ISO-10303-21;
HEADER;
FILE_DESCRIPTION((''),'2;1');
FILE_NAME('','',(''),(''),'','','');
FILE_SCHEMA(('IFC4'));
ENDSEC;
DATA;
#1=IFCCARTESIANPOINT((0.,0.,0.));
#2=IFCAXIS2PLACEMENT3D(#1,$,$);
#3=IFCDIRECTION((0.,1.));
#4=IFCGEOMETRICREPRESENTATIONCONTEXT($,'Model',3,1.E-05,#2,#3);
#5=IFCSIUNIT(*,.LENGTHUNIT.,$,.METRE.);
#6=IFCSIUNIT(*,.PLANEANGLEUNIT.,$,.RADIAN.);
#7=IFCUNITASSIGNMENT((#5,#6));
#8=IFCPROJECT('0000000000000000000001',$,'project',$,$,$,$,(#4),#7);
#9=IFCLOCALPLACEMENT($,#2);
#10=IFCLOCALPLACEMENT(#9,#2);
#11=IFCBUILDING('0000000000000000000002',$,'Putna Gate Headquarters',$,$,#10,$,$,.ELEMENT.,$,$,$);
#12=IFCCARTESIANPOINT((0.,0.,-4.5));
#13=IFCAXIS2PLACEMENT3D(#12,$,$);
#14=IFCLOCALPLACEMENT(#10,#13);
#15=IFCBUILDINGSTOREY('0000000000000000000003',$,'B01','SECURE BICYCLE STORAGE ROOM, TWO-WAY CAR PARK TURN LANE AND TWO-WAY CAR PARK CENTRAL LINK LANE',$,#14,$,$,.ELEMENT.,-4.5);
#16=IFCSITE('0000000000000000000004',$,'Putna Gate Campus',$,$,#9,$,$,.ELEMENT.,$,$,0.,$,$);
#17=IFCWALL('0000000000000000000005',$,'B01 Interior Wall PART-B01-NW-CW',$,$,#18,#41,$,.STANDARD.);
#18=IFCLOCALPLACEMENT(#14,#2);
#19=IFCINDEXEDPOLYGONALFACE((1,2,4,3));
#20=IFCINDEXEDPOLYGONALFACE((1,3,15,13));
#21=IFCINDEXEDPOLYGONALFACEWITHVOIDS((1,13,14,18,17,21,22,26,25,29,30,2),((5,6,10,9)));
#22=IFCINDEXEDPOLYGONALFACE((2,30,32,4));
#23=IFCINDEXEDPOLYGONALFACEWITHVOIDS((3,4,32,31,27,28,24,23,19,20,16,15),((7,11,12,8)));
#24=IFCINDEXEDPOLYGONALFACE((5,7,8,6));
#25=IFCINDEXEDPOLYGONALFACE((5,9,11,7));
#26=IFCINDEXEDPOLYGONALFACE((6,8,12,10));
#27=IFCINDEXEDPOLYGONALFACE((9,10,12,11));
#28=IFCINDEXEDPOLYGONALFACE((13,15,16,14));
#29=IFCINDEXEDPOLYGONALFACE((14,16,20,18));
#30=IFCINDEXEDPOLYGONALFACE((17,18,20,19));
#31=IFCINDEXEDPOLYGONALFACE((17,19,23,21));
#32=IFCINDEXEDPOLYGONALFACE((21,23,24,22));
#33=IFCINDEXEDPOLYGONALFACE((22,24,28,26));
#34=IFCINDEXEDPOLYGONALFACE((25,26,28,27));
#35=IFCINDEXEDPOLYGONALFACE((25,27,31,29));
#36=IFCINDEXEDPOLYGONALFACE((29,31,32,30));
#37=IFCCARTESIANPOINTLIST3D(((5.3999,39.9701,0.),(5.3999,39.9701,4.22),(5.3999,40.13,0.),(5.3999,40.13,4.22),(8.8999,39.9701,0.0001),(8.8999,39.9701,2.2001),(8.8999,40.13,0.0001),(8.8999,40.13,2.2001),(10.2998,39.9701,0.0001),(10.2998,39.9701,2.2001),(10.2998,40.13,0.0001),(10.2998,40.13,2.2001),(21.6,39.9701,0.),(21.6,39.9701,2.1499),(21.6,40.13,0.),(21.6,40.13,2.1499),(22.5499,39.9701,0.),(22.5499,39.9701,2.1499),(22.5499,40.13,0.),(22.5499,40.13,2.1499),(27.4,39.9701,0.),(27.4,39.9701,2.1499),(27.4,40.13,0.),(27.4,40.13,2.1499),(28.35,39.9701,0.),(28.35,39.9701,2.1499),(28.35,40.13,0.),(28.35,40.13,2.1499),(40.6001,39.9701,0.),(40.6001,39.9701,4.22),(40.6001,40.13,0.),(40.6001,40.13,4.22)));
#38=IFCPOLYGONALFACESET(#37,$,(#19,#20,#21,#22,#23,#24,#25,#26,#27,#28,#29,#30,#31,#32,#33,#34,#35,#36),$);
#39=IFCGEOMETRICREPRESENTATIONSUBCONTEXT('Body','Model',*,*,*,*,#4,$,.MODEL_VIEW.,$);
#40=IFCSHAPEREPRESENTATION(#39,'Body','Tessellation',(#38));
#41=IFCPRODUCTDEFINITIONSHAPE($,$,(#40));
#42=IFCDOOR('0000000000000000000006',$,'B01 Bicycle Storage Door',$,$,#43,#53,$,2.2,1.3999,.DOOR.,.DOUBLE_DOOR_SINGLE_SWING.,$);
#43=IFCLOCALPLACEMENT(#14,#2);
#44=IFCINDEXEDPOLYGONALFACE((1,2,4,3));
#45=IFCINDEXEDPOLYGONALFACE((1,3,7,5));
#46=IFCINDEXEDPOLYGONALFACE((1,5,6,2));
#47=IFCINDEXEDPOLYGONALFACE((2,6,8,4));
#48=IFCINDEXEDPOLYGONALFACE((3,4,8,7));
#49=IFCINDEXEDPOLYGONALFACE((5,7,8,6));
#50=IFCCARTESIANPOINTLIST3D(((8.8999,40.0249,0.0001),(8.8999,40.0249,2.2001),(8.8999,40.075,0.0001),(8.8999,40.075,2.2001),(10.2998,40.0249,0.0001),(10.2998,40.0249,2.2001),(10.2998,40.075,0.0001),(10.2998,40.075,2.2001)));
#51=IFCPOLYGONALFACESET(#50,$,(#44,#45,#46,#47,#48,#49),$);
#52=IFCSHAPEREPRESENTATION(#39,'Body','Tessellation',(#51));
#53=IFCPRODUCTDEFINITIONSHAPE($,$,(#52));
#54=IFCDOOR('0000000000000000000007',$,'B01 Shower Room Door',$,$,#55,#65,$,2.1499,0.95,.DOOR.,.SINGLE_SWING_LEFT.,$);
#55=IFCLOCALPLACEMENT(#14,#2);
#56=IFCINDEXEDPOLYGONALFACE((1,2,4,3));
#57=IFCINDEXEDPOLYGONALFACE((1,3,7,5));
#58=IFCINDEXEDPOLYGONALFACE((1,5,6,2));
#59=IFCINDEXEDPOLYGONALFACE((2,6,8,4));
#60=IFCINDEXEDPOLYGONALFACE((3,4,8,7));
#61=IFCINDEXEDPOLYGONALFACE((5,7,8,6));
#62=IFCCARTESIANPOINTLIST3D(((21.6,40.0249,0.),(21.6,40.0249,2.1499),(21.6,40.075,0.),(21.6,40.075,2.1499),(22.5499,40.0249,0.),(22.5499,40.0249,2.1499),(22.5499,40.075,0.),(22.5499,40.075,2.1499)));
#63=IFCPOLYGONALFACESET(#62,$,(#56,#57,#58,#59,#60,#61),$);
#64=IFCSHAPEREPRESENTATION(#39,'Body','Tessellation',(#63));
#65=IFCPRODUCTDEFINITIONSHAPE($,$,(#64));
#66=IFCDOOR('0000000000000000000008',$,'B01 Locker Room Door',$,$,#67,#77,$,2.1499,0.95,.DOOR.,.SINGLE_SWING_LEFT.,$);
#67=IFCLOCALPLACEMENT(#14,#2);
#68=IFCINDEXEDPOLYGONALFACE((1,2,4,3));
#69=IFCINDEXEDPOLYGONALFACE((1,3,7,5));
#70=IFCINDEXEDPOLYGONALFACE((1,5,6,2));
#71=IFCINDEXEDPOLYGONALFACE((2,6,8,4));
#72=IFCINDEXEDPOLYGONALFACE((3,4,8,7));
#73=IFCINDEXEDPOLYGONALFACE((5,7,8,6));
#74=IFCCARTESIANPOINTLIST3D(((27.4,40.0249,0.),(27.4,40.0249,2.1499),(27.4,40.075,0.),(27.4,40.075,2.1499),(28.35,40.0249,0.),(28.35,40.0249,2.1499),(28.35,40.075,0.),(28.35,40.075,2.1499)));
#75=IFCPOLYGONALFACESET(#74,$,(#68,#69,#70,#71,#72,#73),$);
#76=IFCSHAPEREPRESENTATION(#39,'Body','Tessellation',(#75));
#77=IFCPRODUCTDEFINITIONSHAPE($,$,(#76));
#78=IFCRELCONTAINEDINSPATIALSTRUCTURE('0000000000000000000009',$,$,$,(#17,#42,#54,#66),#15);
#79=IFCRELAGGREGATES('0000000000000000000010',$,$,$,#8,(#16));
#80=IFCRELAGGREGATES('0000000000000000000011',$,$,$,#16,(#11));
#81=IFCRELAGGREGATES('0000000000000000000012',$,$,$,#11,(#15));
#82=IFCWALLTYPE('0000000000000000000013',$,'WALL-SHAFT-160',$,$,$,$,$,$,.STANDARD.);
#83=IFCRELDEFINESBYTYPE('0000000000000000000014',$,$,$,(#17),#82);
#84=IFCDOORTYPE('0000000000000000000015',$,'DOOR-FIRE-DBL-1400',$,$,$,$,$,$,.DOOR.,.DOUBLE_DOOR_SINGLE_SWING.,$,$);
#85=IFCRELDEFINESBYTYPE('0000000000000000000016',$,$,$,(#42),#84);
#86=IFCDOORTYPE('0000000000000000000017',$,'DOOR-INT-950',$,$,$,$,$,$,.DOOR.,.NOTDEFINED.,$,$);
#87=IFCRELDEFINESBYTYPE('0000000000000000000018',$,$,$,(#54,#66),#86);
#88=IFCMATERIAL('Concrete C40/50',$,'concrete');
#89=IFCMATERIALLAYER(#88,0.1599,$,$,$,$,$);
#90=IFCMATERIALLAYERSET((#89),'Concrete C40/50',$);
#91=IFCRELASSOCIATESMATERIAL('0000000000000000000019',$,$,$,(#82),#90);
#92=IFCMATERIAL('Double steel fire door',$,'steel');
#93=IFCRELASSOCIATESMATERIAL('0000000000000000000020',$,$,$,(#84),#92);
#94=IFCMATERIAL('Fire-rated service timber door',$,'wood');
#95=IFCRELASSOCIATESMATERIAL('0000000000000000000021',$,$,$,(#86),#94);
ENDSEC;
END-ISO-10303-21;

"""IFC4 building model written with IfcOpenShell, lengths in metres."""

from ifc_helpers import new_model, si_unit, direction, frame, frame_2d, origin, place, context, subcontext, project, spatial, rectangle, extrude, material, layer, layer_set, type_object, element, fill, save


model = new_model("IFC4")

# Units and contexts
model_context = context("Model", 3, precision=1e-05, world=origin(), true_north=direction((0.0, 1.0)))
body_context = subcontext(model_context, "Body", "Model", "MODEL_VIEW")
ifc_project = project(units=[si_unit("LENGTHUNIT", "METRE"), si_unit("PLANEANGLEUNIT", "RADIAN")], contexts=[model_context])

# Site, building, storey
site_placement = place(None, origin())
site = spatial("IfcSite", under=ifc_project, at=site_placement, Name="Putna Gate Campus", CompositionType="ELEMENT", RefElevation=0.0)
building_placement = place(site_placement, origin())
building = spatial("IfcBuilding", under=site, at=building_placement, Name="Putna Gate Headquarters", CompositionType="ELEMENT")
storey_placement = place(building_placement, frame((0.0, 0.0, -4.5)))
storey = spatial("IfcBuildingStorey", under=building, at=storey_placement, Name="B01", Description="SECURE BICYCLE STORAGE ROOM, TWO-WAY CAR PARK TURN LANE AND TWO-WAY CAR PARK CENTRAL LINK LANE", CompositionType="ELEMENT", Elevation=-4.5)

# Shared definitions
ifc_material_1 = material(Name="Concrete C40/50", Category="concrete")
ifc_layer_1 = layer(ifc_material_1, 0.1599)
ifc_layer_set_1 = layer_set([ifc_layer_1], Name="Concrete C40/50")
wall_type_1 = type_object("IfcWallType", Name="WALL-SHAFT-160", PredefinedType="STANDARD", material=ifc_layer_set_1)

# Wall, openings, doors
wall_1_placement = place(storey_placement, frame((5.3999, 40.05, 0.0), z_axis=(0.0, 0.0, 1.0), x_axis=(1.0, 0.0, 0.0)))
wall_1 = element("IfcWall", 1, at=wall_1_placement, inside=storey, type_object=wall_type_1, Name="B01 Interior Wall PART-B01-NW-CW", PredefinedType="STANDARD", context=body_context, shape_type="SweptSolid", body=[
    extrude(rectangle(XDim=35.2002, YDim=0.1599, at=frame_2d((17.6001, 0.0))), origin(), (0.0, 0.0, 1.0), 4.22),
])
opening_1_placement = place(wall_1_placement, frame((3.5, 0.0, 0.0)))
opening_1 = element("IfcOpeningElement", 2, at=opening_1_placement, cuts=wall_1, PredefinedType="OPENING", context=body_context, shape_type="SweptSolid", body=[
    extrude(rectangle(XDim=1.3999, YDim=2.2, at=frame_2d((0.7, 1.1001))), frame((0.0, 0.0898, 0.0), z_axis=(0.0, -1.0, 0.0), x_axis=(1.0, 0.0, 0.0)), (0.0, 0.0, 1.0), 0.1799),
])
opening_2_placement = place(wall_1_placement, frame((16.2, 0.0, 0.0)))
opening_2 = element("IfcOpeningElement", 3, at=opening_2_placement, cuts=wall_1, PredefinedType="OPENING", context=body_context, shape_type="SweptSolid", body=[
    extrude(rectangle(XDim=0.95, YDim=2.1499, at=frame_2d((0.4751, 1.075))), frame((0.0, 0.0898, 0.0), z_axis=(0.0, -1.0, 0.0), x_axis=(1.0, 0.0, 0.0)), (0.0, 0.0, 1.0), 0.1799),
])
opening_3_placement = place(wall_1_placement, frame((22.0, 0.0, 0.0)))
opening_3 = element("IfcOpeningElement", 4, at=opening_3_placement, cuts=wall_1, PredefinedType="OPENING", context=body_context, shape_type="SweptSolid", body=[
    extrude(rectangle(XDim=0.95, YDim=2.1499, at=frame_2d((0.4751, 1.075))), frame((0.0, 0.0898, 0.0), z_axis=(0.0, -1.0, 0.0), x_axis=(1.0, 0.0, 0.0)), (0.0, 0.0, 1.0), 0.1799),
])
ifc_material_2 = material(Name="Double steel fire door", Category="steel")
door_type_1 = type_object("IfcDoorType", Name="DOOR-FIRE-DBL-1400", OperationType="DOUBLE_DOOR_SINGLE_SWING", PredefinedType="DOOR", material=ifc_material_2)
door_1_placement = place(opening_1_placement, origin())
door_1 = element("IfcDoor", 5, at=door_1_placement, inside=storey, type_object=door_type_1, Name="B01 Bicycle Storage Door", OperationType="DOUBLE_DOOR_SINGLE_SWING", OverallHeight=2.2, OverallWidth=1.3999, PredefinedType="DOOR", context=body_context, shape_type="SweptSolid", body=[
    extrude(rectangle(XDim=1.3999, YDim=2.2, at=frame_2d((0.7, 1.1001))), frame((0.0, 0.0249, 0.0), z_axis=(0.0, -1.0, 0.0), x_axis=(1.0, 0.0, 0.0)), (0.0, 0.0, 1.0), 0.05),
])
fill(opening_1, door_1)
ifc_material_3 = material(Name="Fire-rated service timber door", Category="wood")
door_type_2 = type_object("IfcDoorType", Name="DOOR-INT-950", OperationType="NOTDEFINED", PredefinedType="DOOR", material=ifc_material_3)
door_2_placement = place(opening_2_placement, origin())
door_2 = element("IfcDoor", 6, at=door_2_placement, inside=storey, type_object=door_type_2, Name="B01 Shower Room Door", OperationType="SINGLE_SWING_LEFT", OverallHeight=2.1499, OverallWidth=0.95, PredefinedType="DOOR", context=body_context, shape_type="SweptSolid", body=[
    extrude(rectangle(XDim=0.95, YDim=2.1499, at=frame_2d((0.4751, 1.075))), frame((0.0, 0.0249, 0.0), z_axis=(0.0, -1.0, 0.0), x_axis=(1.0, 0.0, 0.0)), (0.0, 0.0, 1.0), 0.05),
])
fill(opening_2, door_2)
door_3_placement = place(opening_3_placement, origin())
door_3 = element("IfcDoor", 7, at=door_3_placement, inside=storey, type_object=door_type_2, Name="B01 Locker Room Door", OperationType="SINGLE_SWING_LEFT", OverallHeight=2.1499, OverallWidth=0.95, PredefinedType="DOOR", context=body_context, shape_type="SweptSolid", body=[
    extrude(rectangle(XDim=0.95, YDim=2.1499, at=frame_2d((0.4751, 1.075))), frame((0.0, 0.0249, 0.0), z_axis=(0.0, -1.0, 0.0), x_axis=(1.0, 0.0, 0.0)), (0.0, 0.0, 1.0), 0.05),
])
fill(opening_3, door_3)

save(model, "model.ifc")
